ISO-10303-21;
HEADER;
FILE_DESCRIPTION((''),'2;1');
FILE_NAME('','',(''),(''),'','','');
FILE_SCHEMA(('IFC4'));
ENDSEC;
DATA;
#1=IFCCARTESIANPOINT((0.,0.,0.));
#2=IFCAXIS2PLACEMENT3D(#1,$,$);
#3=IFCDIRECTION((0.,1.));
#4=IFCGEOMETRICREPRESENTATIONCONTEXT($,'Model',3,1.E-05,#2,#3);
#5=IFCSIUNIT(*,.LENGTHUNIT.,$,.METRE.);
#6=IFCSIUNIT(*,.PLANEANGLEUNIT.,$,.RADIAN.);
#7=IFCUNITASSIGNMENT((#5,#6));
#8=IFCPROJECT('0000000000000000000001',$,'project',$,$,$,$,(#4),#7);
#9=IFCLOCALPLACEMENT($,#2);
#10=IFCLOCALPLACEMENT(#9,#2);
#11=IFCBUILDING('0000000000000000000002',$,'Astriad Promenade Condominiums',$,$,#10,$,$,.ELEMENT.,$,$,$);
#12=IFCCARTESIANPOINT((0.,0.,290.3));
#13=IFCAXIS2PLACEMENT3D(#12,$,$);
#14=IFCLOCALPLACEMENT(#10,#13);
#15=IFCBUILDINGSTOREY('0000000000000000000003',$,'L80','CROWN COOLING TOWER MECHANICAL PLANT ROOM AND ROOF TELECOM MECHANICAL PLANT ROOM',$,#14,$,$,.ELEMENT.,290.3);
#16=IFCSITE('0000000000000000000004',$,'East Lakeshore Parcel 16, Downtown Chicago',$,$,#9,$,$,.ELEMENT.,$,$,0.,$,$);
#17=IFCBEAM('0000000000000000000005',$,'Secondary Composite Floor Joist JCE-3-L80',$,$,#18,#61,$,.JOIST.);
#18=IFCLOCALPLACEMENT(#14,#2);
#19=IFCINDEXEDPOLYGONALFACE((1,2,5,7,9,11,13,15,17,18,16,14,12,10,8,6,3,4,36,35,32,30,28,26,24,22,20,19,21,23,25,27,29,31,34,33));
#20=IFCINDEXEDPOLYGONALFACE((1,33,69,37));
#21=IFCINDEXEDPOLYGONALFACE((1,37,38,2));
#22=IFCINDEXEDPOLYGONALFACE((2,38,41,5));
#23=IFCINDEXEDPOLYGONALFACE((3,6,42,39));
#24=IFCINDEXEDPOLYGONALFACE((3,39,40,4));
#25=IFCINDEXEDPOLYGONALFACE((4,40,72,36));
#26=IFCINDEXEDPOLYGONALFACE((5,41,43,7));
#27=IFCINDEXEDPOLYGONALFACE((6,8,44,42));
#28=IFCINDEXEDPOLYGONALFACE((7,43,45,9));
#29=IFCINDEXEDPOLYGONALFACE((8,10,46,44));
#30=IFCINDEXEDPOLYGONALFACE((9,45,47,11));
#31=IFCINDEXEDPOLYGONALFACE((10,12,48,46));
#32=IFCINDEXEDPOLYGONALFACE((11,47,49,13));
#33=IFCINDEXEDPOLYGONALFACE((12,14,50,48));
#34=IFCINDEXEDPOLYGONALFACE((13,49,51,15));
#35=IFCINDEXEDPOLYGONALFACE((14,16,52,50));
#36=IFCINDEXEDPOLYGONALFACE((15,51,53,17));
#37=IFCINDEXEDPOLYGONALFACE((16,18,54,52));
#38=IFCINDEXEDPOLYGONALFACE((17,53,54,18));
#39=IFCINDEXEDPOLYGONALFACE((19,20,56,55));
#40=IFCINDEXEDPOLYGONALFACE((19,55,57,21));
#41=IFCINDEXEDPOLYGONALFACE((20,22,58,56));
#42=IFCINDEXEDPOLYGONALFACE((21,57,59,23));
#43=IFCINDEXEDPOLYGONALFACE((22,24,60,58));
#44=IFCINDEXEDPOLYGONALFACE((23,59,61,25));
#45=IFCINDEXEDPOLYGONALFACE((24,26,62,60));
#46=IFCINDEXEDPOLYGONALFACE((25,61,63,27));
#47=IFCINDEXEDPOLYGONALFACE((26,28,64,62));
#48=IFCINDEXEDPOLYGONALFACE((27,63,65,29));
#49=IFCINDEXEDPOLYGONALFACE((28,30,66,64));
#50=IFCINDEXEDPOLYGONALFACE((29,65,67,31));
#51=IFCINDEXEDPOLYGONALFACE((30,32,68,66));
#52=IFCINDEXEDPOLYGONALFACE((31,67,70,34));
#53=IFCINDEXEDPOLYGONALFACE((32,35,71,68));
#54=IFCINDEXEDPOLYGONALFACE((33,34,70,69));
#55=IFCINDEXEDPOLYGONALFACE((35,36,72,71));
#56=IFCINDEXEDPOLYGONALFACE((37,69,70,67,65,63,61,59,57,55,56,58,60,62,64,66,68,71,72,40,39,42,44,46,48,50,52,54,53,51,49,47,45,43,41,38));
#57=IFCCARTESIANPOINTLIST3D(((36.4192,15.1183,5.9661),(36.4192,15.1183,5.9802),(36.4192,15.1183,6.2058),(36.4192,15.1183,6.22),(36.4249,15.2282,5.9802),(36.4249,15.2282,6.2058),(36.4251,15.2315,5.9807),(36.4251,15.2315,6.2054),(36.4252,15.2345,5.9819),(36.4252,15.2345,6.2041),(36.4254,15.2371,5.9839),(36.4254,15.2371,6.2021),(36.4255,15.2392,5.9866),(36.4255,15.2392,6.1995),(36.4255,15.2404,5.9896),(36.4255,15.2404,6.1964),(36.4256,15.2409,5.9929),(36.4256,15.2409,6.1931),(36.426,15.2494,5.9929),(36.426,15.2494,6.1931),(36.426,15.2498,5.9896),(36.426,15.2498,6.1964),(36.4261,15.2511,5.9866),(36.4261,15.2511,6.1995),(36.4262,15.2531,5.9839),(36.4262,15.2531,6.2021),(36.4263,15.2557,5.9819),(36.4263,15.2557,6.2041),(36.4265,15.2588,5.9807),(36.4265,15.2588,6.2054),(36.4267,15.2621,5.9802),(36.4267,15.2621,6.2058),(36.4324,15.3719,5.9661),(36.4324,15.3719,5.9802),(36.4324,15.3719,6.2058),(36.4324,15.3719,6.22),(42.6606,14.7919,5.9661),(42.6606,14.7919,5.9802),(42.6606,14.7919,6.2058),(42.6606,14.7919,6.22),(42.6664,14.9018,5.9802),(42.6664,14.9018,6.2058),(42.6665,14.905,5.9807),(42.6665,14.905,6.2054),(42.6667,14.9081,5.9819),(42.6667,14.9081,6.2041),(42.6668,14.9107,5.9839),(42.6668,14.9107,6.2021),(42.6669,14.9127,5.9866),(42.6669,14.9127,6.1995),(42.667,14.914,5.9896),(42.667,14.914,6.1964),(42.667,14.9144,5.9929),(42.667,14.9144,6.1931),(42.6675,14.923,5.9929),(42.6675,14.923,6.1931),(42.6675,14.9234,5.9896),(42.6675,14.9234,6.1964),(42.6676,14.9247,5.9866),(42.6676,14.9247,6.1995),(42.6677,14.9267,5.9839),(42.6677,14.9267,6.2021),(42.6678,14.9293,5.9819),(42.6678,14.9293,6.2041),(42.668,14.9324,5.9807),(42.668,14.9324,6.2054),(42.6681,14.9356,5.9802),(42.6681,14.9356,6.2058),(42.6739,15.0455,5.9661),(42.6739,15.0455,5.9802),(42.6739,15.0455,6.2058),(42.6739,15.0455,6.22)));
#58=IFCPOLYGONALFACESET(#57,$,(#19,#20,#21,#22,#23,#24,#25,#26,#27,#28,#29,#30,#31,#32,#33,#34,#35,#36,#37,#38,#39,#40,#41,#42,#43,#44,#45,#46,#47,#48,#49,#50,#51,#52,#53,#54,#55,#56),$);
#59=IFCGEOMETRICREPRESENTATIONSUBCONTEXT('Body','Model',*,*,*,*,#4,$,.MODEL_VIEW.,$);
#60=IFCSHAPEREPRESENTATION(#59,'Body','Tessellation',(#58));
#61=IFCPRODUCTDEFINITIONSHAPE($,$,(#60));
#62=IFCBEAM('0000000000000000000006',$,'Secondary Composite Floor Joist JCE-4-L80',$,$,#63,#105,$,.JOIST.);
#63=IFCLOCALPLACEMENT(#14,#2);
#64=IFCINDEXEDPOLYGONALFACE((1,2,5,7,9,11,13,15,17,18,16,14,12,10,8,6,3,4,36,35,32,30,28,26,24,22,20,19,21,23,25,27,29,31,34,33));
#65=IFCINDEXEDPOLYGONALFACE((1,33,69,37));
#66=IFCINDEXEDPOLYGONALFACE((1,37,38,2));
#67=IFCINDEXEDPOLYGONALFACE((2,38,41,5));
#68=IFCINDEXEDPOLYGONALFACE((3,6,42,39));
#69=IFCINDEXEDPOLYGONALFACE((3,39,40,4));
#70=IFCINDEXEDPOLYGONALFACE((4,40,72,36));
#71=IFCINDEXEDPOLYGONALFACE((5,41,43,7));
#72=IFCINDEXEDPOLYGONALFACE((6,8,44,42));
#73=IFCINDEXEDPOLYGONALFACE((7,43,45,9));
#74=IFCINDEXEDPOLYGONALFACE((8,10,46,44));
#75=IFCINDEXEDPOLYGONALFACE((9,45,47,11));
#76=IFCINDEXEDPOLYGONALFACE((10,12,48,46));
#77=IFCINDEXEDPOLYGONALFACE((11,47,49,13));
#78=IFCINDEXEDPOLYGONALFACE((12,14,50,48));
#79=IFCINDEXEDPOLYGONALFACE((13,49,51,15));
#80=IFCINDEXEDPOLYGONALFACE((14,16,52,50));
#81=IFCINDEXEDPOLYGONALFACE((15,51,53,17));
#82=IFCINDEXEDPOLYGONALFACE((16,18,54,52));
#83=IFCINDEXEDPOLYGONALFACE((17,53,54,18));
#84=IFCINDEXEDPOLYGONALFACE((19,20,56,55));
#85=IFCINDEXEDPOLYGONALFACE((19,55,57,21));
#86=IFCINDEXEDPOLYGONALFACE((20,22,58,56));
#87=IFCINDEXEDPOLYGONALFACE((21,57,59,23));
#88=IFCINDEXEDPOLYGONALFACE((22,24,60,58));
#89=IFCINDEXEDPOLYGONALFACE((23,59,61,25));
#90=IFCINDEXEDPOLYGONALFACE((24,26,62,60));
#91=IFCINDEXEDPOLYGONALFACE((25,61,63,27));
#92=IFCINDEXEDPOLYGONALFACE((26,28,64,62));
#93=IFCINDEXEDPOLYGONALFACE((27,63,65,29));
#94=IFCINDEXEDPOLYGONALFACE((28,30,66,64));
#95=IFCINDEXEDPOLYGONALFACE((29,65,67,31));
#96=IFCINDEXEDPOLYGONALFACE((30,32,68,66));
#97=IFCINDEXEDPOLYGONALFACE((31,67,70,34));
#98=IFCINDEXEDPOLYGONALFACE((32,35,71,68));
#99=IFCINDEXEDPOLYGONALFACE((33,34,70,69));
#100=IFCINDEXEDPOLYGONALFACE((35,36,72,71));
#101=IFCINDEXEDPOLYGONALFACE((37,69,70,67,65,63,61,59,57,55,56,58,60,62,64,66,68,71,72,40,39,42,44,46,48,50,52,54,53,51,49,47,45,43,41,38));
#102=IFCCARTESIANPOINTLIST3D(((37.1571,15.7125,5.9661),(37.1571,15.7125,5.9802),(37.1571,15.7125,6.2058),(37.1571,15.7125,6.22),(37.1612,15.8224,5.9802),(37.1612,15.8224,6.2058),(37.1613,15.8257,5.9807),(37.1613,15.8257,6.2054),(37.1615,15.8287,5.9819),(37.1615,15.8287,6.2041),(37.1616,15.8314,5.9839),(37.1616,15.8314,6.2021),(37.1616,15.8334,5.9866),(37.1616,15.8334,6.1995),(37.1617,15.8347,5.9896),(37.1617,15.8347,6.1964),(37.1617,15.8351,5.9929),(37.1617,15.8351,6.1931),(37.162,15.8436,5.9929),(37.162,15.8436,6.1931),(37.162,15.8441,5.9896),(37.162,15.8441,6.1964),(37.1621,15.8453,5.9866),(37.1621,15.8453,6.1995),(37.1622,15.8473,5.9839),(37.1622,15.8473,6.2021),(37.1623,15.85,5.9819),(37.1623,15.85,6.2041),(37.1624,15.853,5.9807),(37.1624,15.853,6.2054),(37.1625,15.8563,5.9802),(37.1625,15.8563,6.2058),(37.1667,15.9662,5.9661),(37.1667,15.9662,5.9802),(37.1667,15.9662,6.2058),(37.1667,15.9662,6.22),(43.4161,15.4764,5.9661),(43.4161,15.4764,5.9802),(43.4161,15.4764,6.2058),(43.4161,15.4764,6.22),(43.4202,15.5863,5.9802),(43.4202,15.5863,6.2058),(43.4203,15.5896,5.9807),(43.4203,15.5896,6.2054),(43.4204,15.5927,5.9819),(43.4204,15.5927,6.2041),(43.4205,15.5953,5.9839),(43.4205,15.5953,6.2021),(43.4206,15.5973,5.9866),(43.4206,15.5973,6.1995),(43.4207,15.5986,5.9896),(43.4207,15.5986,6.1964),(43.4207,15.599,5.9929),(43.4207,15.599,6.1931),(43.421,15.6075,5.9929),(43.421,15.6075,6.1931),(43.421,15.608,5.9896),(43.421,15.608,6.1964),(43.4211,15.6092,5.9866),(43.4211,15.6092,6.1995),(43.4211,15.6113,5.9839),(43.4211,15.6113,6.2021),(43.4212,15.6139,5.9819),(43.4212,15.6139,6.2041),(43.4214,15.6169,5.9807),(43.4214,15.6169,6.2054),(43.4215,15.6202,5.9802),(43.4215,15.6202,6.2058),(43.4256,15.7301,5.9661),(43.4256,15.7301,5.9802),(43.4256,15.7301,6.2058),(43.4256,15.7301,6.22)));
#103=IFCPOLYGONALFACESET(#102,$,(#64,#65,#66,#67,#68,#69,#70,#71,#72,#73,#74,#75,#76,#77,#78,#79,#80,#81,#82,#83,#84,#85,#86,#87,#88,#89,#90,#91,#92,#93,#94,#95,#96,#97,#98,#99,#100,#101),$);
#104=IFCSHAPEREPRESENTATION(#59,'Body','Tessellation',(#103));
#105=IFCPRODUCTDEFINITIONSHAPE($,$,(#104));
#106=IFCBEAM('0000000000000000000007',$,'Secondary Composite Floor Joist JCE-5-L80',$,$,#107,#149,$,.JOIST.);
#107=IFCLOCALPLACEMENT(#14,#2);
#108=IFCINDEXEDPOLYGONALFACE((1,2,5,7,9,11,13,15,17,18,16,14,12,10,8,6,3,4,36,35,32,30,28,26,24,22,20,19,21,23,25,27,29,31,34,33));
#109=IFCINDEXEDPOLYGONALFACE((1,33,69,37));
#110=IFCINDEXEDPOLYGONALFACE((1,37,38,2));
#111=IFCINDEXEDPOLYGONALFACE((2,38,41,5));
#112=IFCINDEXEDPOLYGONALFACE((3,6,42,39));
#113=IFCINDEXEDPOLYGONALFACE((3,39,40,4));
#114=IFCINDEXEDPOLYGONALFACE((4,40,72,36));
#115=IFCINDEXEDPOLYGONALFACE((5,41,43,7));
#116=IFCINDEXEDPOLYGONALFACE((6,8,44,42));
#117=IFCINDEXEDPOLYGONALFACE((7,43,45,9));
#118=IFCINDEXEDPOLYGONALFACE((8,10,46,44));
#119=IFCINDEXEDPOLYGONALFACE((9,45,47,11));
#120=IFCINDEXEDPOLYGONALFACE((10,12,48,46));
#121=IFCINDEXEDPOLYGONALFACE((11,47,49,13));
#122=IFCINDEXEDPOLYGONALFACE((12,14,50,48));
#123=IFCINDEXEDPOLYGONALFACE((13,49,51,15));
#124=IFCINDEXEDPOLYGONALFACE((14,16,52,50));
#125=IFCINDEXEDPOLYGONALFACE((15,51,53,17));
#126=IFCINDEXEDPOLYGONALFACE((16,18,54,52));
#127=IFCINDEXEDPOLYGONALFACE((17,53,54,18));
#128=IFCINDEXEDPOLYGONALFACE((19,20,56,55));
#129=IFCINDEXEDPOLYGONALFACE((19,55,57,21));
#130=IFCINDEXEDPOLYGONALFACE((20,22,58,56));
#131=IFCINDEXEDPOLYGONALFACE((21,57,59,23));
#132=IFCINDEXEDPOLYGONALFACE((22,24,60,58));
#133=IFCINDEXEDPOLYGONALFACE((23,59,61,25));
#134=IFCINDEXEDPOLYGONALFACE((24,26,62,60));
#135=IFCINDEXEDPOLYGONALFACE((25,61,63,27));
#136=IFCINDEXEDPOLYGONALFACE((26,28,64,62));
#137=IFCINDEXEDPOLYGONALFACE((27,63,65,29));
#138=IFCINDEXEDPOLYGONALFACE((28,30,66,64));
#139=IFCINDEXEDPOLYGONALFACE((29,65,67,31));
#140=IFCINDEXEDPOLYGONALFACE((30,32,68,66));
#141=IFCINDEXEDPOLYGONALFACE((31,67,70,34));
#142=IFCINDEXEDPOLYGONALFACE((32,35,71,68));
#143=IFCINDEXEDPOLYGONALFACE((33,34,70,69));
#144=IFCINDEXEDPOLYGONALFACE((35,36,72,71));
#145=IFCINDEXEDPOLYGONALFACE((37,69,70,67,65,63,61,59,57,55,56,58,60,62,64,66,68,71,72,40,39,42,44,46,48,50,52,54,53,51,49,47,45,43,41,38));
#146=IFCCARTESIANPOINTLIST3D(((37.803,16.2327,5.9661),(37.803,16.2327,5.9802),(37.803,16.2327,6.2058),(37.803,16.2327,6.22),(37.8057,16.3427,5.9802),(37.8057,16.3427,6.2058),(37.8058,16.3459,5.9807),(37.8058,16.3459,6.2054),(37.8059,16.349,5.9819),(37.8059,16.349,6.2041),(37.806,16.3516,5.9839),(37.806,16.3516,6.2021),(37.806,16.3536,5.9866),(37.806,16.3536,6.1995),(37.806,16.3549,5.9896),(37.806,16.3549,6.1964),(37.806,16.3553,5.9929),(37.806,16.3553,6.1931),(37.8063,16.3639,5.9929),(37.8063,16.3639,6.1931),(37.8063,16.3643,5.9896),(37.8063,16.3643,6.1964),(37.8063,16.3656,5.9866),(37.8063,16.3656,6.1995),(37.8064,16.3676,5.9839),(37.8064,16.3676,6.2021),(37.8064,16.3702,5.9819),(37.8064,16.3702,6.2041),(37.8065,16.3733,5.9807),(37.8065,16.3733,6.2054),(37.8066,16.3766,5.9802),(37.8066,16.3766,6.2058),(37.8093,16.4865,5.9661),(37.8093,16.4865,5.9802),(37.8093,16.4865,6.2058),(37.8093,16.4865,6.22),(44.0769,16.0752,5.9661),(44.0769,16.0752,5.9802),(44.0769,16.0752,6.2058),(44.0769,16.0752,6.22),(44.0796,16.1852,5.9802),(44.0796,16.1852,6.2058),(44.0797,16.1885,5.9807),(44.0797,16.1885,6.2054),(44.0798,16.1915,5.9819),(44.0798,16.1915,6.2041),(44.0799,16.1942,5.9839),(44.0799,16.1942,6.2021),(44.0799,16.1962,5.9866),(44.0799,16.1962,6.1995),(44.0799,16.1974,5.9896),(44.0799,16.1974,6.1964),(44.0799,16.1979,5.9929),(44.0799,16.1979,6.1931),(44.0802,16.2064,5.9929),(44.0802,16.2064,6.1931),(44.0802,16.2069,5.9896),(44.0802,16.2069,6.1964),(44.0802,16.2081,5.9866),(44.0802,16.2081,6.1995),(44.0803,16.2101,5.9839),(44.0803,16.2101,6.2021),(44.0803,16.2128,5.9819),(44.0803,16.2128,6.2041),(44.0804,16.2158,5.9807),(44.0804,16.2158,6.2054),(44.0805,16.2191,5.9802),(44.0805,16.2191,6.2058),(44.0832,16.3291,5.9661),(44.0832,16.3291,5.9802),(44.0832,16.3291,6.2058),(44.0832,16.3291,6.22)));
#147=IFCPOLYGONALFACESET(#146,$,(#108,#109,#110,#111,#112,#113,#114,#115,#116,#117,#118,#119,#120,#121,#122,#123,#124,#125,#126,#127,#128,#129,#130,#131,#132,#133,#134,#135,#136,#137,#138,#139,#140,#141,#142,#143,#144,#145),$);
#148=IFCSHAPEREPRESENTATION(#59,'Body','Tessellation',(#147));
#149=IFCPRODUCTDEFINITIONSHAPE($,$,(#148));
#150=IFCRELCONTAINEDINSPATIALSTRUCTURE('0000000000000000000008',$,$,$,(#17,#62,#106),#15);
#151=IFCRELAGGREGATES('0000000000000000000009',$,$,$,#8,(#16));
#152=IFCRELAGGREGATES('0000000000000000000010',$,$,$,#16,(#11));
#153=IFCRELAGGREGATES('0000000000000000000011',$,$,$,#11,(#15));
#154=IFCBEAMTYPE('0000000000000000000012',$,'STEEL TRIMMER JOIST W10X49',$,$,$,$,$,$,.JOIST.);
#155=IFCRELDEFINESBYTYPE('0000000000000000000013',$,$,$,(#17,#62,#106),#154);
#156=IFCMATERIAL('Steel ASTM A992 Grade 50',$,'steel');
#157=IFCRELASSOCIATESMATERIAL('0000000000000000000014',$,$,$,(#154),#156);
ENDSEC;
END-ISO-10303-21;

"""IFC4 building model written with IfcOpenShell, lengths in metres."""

from ifc_helpers import new_model, si_unit, direction, frame, origin, origin_2d, place, context, subcontext, project, spatial, i_section, extrude, source, transform, mapped, material, material_profile, profile_set, type_object, element, save


model = new_model("IFC4")

# Units and contexts
model_context = context("Model", 3, precision=1e-05, world=origin(), true_north=direction((0.0, 1.0)))
body_context = subcontext(model_context, "Body", "Model", "MODEL_VIEW")
ifc_project = project(units=[si_unit("LENGTHUNIT", "METRE"), si_unit("PLANEANGLEUNIT", "RADIAN")], contexts=[model_context])

# Site, building, storey
site_placement = place(None, origin())
site = spatial("IfcSite", under=ifc_project, at=site_placement, Name="East Lakeshore Parcel 16, Downtown Chicago", CompositionType="ELEMENT", RefElevation=0.0)
building_placement = place(site_placement, origin())
building = spatial("IfcBuilding", under=site, at=building_placement, Name="Astriad Promenade Condominiums", CompositionType="ELEMENT")
storey_placement = place(building_placement, frame((0.0, 0.0, 290.3)))
storey = spatial("IfcBuildingStorey", under=building, at=storey_placement, Name="L80", Description="CROWN COOLING TOWER MECHANICAL PLANT ROOM AND ROOF TELECOM MECHANICAL PLANT ROOM", CompositionType="ELEMENT", Elevation=290.3)

# Shared definitions
ifc_material_1 = material(Name="Steel ASTM A992 Grade 50", Category="steel")

# Beams
ifc_material_profile_1 = material_profile(ifc_material_1, i_section(OverallWidth=0.2539, OverallDepth=0.2539, WebThickness=0.0085, FlangeThickness=0.0142, FilletRadius=0.0127, at=origin_2d()), Name="W10X49")
ifc_profile_set_1 = profile_set([ifc_material_profile_1], Name="Steel ASTM A992 Grade 50")
beam_type_1 = type_object("IfcBeamType", Name="STEEL TRIMMER JOIST W10X49", PredefinedType="JOIST", material=ifc_profile_set_1)
shared_shape_1 = source(origin(), body_context, "Body", "SweptSolid", [
    extrude(i_section(OverallWidth=0.2539, OverallDepth=0.2539, WebThickness=0.0085, FlangeThickness=0.0142, FilletRadius=0.0127, at=origin_2d()), origin(), (0.0, 0.0, 1.0), 6.25),
])
beam_1_placement = place(storey_placement, frame((36.4258, 15.2451, 6.093), z_axis=(0.998635, -0.052227, 0.0), x_axis=(0.052227, 0.998635, 0.0)))
element("IfcBeam", 1, at=beam_1_placement, inside=storey, type_object=beam_type_1, Name="Secondary Composite Floor Joist JCE-3-L80", PredefinedType="JOIST", context=body_context, shape_type="MappedRepresentation", body=[
    mapped(shared_shape_1, transform((0.0, 0.0, 0.0), scale=1.0)),
])
shared_shape_2 = source(origin(), body_context, "Body", "SweptSolid", [
    extrude(i_section(OverallWidth=0.2539, OverallDepth=0.2539, WebThickness=0.0085, FlangeThickness=0.0142, FilletRadius=0.0127, at=origin_2d()), origin(), (0.0, 0.0, 1.0), 6.2634),
])
beam_2_placement = place(storey_placement, frame((37.1619, 15.8394, 6.093), z_axis=(0.999289, -0.037692, 0.0), x_axis=(0.037692, 0.999289, 0.0)))
element("IfcBeam", 2, at=beam_2_placement, inside=storey, type_object=beam_type_1, Name="Secondary Composite Floor Joist JCE-4-L80", PredefinedType="JOIST", context=body_context, shape_type="MappedRepresentation", body=[
    mapped(shared_shape_2, transform((0.0, 0.0, 0.0), scale=1.0)),
])
shared_shape_3 = source(origin(), body_context, "Body", "SweptSolid", [
    extrude(i_section(OverallWidth=0.2539, OverallDepth=0.2539, WebThickness=0.0085, FlangeThickness=0.0142, FilletRadius=0.0127, at=origin_2d()), origin(), (0.0, 0.0, 1.0), 6.2759),
])
beam_3_placement = place(storey_placement, frame((37.8062, 16.3596, 6.093), z_axis=(0.999685, -0.025091, 0.0), x_axis=(0.025091, 0.999685, 0.0)))
element("IfcBeam", 3, at=beam_3_placement, inside=storey, type_object=beam_type_1, Name="Secondary Composite Floor Joist JCE-5-L80", PredefinedType="JOIST", context=body_context, shape_type="MappedRepresentation", body=[
    mapped(shared_shape_3, transform((0.0, 0.0, 0.0), scale=1.0)),
])

save(model, "model.ifc")
